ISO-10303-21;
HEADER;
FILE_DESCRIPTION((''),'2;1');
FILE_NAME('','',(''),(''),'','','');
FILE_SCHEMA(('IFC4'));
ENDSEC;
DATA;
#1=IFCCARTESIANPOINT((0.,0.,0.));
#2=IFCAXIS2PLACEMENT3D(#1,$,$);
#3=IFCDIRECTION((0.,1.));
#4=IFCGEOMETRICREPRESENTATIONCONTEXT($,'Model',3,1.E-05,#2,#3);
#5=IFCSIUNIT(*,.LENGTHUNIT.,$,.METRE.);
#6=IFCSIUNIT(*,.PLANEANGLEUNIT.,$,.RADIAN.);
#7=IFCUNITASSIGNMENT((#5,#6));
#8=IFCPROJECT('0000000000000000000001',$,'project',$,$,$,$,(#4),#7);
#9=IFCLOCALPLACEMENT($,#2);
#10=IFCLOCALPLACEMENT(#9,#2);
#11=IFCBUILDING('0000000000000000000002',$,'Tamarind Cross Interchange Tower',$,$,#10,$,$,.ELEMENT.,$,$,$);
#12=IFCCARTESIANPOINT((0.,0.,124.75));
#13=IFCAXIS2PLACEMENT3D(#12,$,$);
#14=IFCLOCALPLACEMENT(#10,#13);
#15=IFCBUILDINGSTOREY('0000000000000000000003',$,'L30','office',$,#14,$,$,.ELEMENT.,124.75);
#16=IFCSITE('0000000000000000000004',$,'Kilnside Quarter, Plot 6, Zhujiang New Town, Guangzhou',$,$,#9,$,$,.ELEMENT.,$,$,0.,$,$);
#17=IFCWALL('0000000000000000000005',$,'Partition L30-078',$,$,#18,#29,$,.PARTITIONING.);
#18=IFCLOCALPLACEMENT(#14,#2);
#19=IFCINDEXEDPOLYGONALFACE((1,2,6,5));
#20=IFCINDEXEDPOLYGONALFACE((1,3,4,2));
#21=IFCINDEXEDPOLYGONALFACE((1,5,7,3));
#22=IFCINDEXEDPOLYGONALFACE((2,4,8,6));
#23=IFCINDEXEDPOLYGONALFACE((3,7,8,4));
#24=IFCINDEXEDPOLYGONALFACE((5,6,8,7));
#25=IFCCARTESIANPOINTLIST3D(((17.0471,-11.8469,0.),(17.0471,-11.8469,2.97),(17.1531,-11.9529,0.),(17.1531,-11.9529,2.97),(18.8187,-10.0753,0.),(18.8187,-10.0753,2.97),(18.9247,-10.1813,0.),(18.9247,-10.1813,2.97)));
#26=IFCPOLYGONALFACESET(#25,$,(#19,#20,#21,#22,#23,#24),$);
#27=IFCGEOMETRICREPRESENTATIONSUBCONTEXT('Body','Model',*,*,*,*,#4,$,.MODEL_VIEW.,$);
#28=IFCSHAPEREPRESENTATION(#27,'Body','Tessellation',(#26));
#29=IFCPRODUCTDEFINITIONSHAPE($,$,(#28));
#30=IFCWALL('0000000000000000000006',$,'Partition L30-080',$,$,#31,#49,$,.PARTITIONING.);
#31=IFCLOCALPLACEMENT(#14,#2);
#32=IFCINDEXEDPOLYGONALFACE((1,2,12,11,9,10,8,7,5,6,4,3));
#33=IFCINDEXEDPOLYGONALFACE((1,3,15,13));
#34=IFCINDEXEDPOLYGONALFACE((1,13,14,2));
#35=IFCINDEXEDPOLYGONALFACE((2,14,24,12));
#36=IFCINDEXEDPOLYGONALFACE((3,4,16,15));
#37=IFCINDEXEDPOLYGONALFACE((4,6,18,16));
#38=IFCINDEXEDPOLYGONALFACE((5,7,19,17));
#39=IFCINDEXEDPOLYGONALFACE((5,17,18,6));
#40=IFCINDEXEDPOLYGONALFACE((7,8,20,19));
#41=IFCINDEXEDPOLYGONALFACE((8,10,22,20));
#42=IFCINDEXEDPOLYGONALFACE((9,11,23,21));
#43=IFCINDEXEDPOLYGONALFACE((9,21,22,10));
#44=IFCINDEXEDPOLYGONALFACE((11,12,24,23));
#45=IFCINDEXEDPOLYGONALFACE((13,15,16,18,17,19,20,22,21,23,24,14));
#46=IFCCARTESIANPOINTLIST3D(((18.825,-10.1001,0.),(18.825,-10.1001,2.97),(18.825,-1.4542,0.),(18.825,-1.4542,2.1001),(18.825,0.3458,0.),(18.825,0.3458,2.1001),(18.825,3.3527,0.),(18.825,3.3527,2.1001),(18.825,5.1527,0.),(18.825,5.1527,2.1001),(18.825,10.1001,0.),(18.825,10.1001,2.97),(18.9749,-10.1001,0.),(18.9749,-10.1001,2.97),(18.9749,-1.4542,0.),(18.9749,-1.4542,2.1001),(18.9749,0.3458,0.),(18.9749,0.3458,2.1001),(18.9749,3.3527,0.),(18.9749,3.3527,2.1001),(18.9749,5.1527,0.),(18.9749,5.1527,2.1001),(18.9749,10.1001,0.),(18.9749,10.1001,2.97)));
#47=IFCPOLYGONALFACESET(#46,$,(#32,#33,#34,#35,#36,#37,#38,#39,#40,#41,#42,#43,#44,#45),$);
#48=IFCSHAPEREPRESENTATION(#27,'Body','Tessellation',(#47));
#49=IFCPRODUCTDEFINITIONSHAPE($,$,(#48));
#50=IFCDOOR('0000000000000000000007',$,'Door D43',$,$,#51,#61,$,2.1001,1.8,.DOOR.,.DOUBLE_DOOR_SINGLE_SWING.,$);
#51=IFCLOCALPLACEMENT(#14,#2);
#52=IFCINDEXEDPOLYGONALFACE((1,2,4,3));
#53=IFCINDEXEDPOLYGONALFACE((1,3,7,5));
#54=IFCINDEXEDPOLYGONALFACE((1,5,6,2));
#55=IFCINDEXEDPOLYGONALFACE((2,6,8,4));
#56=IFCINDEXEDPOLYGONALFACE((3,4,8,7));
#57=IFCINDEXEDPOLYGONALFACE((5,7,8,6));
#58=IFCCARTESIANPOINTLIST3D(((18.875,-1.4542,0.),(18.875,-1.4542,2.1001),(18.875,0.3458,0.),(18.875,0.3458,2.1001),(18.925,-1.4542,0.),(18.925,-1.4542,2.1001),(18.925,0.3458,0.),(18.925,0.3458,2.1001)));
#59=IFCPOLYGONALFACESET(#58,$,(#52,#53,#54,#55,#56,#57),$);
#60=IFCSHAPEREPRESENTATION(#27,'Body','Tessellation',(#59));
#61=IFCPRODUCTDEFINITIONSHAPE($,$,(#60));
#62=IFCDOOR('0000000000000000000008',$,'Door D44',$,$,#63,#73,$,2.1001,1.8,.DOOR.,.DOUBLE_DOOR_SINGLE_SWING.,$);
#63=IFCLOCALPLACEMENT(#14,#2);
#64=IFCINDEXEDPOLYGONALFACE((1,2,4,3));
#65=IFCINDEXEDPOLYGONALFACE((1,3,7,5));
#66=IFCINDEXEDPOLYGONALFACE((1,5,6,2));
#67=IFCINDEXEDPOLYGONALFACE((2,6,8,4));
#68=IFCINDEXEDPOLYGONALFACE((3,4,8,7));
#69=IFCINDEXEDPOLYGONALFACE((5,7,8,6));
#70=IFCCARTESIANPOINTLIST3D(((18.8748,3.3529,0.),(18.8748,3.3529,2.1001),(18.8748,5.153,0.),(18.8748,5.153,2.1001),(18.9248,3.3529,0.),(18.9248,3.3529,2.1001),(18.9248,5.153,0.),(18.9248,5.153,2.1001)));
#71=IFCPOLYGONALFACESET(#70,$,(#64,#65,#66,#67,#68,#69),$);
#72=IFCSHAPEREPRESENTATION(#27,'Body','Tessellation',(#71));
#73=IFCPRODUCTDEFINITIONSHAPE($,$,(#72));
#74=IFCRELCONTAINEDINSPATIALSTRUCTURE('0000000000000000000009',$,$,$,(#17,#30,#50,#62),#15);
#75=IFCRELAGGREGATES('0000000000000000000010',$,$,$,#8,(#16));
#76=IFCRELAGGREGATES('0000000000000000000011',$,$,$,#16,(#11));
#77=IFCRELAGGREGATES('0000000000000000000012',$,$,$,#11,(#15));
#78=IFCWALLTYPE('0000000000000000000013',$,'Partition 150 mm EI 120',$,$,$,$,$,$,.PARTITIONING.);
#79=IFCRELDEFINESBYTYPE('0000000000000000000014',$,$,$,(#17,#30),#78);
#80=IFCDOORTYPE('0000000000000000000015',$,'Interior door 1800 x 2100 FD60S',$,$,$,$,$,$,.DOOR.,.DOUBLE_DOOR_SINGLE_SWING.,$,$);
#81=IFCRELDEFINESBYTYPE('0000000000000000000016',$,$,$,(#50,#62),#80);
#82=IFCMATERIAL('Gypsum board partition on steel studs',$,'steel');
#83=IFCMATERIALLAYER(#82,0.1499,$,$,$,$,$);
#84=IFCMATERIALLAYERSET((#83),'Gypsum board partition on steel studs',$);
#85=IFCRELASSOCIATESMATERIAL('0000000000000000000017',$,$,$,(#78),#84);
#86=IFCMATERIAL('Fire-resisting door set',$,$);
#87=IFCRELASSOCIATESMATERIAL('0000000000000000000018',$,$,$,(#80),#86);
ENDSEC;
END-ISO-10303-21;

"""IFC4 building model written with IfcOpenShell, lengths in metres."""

from ifc_helpers import new_model, si_unit, direction, frame, frame_2d, origin, place, context, subcontext, project, spatial, rectangle, extrude, material, layer, layer_set, type_object, element, fill, save


model = new_model("IFC4")

# Units and contexts
model_context = context("Model", 3, precision=1e-05, world=origin(), true_north=direction((0.0, 1.0)))
body_context = subcontext(model_context, "Body", "Model", "MODEL_VIEW")
ifc_project = project(units=[si_unit("LENGTHUNIT", "METRE"), si_unit("PLANEANGLEUNIT", "RADIAN")], contexts=[model_context])

# Site, building, storey
site_placement = place(None, origin())
site = spatial("IfcSite", under=ifc_project, at=site_placement, Name="Kilnside Quarter, Plot 6, Zhujiang New Town, Guangzhou", CompositionType="ELEMENT", RefElevation=0.0)
building_placement = place(site_placement, origin())
building = spatial("IfcBuilding", under=site, at=building_placement, Name="Tamarind Cross Interchange Tower", CompositionType="ELEMENT")
storey_placement = place(building_placement, frame((0.0, 0.0, 124.75)))
storey = spatial("IfcBuildingStorey", under=building, at=storey_placement, Name="L30", Description="office", CompositionType="ELEMENT", Elevation=124.75)

# Wall
ifc_material_1 = material(Name="Gypsum board partition on steel studs", Category="steel")
ifc_layer_1 = layer(ifc_material_1, 0.1499)
ifc_layer_set_1 = layer_set([ifc_layer_1], Name="Gypsum board partition on steel studs")
wall_type_1 = type_object("IfcWallType", Name="Partition 150 mm EI 120", PredefinedType="PARTITIONING", material=ifc_layer_set_1)
wall_1_placement = place(storey_placement, frame((17.1001, -11.8999, 0.0), z_axis=(0.0, 0.0, 1.0), x_axis=(0.707107, 0.707107, 0.0)))
element("IfcWall", 1, at=wall_1_placement, inside=storey, type_object=wall_type_1, Name="Partition L30-078", PredefinedType="PARTITIONING", context=body_context, shape_type="SweptSolid", body=[
    extrude(rectangle(XDim=2.5054, YDim=0.1499, at=frame_2d((1.2527, 0.0))), origin(), (0.0, 0.0, 1.0), 2.97),
])

# Wall, openings, doors
wall_2_placement = place(storey_placement, frame((18.8999, -10.1001, 0.0), z_axis=(0.0, 0.0, 1.0), x_axis=(0.0, 1.0, 0.0)))
wall_2 = element("IfcWall", 2, at=wall_2_placement, inside=storey, type_object=wall_type_1, Name="Partition L30-080", PredefinedType="PARTITIONING", context=body_context, shape_type="SweptSolid", body=[
    extrude(rectangle(XDim=20.2002, YDim=0.1499, at=frame_2d((10.1001, 0.0))), origin(), (0.0, 0.0, 1.0), 2.97),
])
opening_1_placement = place(wall_2_placement, frame((8.646, 0.0, 0.0)))
opening_1 = element("IfcOpeningElement", 3, at=opening_1_placement, cuts=wall_2, PredefinedType="OPENING", context=body_context, shape_type="SweptSolid", body=[
    extrude(rectangle(XDim=1.8, YDim=2.1001, at=frame_2d((0.8999, 1.05))), frame((0.0, 0.085, 0.0), z_axis=(0.0, -1.0, 0.0), x_axis=(1.0, 0.0, 0.0)), (0.0, 0.0, 1.0), 0.1699),
])
opening_2_placement = place(wall_2_placement, frame((13.4529, 0.0, 0.0)))
opening_2 = element("IfcOpeningElement", 4, at=opening_2_placement, cuts=wall_2, PredefinedType="OPENING", context=body_context, shape_type="SweptSolid", body=[
    extrude(rectangle(XDim=1.8, YDim=2.1001, at=frame_2d((0.8999, 1.05))), frame((0.0, 0.085, 0.0), z_axis=(0.0, -1.0, 0.0), x_axis=(1.0, 0.0, 0.0)), (0.0, 0.0, 1.0), 0.1699),
])
ifc_material_2 = material(Name="Fire-resisting door set")
door_type_1 = type_object("IfcDoorType", Name="Interior door 1800 x 2100 FD60S", OperationType="DOUBLE_DOOR_SINGLE_SWING", PredefinedType="DOOR", material=ifc_material_2)
door_1_placement = place(opening_1_placement, origin())
door_1 = element("IfcDoor", 5, at=door_1_placement, inside=storey, type_object=door_type_1, Name="Door D43", OperationType="DOUBLE_DOOR_SINGLE_SWING", OverallHeight=2.1001, OverallWidth=1.8, PredefinedType="DOOR", context=body_context, shape_type="SweptSolid", body=[
    extrude(rectangle(XDim=1.8, YDim=2.1001, at=frame_2d((0.8999, 1.05))), frame((0.0, 0.0249, 0.0), z_axis=(0.0, -1.0, 0.0), x_axis=(1.0, 0.0, 0.0)), (0.0, 0.0, 1.0), 0.05),
])
fill(opening_1, door_1)
door_2_placement = place(opening_2_placement, frame((1.8, 0.0, 0.0), z_axis=(0.0, 0.0, 1.0), x_axis=(-1.0, 0.0, 0.0)))
door_2 = element("IfcDoor", 6, at=door_2_placement, inside=storey, type_object=door_type_1, Name="Door D44", OperationType="DOUBLE_DOOR_SINGLE_SWING", OverallHeight=2.1001, OverallWidth=1.8, PredefinedType="DOOR", context=body_context, shape_type="SweptSolid", body=[
    extrude(rectangle(XDim=1.8, YDim=2.1001, at=frame_2d((0.8999, 1.05))), frame((0.0, 0.0249, 0.0), z_axis=(0.0, -1.0, 0.0), x_axis=(1.0, 0.0, 0.0)), (0.0, 0.0, 1.0), 0.05),
])
fill(opening_2, door_2)

save(model, "model.ifc")
